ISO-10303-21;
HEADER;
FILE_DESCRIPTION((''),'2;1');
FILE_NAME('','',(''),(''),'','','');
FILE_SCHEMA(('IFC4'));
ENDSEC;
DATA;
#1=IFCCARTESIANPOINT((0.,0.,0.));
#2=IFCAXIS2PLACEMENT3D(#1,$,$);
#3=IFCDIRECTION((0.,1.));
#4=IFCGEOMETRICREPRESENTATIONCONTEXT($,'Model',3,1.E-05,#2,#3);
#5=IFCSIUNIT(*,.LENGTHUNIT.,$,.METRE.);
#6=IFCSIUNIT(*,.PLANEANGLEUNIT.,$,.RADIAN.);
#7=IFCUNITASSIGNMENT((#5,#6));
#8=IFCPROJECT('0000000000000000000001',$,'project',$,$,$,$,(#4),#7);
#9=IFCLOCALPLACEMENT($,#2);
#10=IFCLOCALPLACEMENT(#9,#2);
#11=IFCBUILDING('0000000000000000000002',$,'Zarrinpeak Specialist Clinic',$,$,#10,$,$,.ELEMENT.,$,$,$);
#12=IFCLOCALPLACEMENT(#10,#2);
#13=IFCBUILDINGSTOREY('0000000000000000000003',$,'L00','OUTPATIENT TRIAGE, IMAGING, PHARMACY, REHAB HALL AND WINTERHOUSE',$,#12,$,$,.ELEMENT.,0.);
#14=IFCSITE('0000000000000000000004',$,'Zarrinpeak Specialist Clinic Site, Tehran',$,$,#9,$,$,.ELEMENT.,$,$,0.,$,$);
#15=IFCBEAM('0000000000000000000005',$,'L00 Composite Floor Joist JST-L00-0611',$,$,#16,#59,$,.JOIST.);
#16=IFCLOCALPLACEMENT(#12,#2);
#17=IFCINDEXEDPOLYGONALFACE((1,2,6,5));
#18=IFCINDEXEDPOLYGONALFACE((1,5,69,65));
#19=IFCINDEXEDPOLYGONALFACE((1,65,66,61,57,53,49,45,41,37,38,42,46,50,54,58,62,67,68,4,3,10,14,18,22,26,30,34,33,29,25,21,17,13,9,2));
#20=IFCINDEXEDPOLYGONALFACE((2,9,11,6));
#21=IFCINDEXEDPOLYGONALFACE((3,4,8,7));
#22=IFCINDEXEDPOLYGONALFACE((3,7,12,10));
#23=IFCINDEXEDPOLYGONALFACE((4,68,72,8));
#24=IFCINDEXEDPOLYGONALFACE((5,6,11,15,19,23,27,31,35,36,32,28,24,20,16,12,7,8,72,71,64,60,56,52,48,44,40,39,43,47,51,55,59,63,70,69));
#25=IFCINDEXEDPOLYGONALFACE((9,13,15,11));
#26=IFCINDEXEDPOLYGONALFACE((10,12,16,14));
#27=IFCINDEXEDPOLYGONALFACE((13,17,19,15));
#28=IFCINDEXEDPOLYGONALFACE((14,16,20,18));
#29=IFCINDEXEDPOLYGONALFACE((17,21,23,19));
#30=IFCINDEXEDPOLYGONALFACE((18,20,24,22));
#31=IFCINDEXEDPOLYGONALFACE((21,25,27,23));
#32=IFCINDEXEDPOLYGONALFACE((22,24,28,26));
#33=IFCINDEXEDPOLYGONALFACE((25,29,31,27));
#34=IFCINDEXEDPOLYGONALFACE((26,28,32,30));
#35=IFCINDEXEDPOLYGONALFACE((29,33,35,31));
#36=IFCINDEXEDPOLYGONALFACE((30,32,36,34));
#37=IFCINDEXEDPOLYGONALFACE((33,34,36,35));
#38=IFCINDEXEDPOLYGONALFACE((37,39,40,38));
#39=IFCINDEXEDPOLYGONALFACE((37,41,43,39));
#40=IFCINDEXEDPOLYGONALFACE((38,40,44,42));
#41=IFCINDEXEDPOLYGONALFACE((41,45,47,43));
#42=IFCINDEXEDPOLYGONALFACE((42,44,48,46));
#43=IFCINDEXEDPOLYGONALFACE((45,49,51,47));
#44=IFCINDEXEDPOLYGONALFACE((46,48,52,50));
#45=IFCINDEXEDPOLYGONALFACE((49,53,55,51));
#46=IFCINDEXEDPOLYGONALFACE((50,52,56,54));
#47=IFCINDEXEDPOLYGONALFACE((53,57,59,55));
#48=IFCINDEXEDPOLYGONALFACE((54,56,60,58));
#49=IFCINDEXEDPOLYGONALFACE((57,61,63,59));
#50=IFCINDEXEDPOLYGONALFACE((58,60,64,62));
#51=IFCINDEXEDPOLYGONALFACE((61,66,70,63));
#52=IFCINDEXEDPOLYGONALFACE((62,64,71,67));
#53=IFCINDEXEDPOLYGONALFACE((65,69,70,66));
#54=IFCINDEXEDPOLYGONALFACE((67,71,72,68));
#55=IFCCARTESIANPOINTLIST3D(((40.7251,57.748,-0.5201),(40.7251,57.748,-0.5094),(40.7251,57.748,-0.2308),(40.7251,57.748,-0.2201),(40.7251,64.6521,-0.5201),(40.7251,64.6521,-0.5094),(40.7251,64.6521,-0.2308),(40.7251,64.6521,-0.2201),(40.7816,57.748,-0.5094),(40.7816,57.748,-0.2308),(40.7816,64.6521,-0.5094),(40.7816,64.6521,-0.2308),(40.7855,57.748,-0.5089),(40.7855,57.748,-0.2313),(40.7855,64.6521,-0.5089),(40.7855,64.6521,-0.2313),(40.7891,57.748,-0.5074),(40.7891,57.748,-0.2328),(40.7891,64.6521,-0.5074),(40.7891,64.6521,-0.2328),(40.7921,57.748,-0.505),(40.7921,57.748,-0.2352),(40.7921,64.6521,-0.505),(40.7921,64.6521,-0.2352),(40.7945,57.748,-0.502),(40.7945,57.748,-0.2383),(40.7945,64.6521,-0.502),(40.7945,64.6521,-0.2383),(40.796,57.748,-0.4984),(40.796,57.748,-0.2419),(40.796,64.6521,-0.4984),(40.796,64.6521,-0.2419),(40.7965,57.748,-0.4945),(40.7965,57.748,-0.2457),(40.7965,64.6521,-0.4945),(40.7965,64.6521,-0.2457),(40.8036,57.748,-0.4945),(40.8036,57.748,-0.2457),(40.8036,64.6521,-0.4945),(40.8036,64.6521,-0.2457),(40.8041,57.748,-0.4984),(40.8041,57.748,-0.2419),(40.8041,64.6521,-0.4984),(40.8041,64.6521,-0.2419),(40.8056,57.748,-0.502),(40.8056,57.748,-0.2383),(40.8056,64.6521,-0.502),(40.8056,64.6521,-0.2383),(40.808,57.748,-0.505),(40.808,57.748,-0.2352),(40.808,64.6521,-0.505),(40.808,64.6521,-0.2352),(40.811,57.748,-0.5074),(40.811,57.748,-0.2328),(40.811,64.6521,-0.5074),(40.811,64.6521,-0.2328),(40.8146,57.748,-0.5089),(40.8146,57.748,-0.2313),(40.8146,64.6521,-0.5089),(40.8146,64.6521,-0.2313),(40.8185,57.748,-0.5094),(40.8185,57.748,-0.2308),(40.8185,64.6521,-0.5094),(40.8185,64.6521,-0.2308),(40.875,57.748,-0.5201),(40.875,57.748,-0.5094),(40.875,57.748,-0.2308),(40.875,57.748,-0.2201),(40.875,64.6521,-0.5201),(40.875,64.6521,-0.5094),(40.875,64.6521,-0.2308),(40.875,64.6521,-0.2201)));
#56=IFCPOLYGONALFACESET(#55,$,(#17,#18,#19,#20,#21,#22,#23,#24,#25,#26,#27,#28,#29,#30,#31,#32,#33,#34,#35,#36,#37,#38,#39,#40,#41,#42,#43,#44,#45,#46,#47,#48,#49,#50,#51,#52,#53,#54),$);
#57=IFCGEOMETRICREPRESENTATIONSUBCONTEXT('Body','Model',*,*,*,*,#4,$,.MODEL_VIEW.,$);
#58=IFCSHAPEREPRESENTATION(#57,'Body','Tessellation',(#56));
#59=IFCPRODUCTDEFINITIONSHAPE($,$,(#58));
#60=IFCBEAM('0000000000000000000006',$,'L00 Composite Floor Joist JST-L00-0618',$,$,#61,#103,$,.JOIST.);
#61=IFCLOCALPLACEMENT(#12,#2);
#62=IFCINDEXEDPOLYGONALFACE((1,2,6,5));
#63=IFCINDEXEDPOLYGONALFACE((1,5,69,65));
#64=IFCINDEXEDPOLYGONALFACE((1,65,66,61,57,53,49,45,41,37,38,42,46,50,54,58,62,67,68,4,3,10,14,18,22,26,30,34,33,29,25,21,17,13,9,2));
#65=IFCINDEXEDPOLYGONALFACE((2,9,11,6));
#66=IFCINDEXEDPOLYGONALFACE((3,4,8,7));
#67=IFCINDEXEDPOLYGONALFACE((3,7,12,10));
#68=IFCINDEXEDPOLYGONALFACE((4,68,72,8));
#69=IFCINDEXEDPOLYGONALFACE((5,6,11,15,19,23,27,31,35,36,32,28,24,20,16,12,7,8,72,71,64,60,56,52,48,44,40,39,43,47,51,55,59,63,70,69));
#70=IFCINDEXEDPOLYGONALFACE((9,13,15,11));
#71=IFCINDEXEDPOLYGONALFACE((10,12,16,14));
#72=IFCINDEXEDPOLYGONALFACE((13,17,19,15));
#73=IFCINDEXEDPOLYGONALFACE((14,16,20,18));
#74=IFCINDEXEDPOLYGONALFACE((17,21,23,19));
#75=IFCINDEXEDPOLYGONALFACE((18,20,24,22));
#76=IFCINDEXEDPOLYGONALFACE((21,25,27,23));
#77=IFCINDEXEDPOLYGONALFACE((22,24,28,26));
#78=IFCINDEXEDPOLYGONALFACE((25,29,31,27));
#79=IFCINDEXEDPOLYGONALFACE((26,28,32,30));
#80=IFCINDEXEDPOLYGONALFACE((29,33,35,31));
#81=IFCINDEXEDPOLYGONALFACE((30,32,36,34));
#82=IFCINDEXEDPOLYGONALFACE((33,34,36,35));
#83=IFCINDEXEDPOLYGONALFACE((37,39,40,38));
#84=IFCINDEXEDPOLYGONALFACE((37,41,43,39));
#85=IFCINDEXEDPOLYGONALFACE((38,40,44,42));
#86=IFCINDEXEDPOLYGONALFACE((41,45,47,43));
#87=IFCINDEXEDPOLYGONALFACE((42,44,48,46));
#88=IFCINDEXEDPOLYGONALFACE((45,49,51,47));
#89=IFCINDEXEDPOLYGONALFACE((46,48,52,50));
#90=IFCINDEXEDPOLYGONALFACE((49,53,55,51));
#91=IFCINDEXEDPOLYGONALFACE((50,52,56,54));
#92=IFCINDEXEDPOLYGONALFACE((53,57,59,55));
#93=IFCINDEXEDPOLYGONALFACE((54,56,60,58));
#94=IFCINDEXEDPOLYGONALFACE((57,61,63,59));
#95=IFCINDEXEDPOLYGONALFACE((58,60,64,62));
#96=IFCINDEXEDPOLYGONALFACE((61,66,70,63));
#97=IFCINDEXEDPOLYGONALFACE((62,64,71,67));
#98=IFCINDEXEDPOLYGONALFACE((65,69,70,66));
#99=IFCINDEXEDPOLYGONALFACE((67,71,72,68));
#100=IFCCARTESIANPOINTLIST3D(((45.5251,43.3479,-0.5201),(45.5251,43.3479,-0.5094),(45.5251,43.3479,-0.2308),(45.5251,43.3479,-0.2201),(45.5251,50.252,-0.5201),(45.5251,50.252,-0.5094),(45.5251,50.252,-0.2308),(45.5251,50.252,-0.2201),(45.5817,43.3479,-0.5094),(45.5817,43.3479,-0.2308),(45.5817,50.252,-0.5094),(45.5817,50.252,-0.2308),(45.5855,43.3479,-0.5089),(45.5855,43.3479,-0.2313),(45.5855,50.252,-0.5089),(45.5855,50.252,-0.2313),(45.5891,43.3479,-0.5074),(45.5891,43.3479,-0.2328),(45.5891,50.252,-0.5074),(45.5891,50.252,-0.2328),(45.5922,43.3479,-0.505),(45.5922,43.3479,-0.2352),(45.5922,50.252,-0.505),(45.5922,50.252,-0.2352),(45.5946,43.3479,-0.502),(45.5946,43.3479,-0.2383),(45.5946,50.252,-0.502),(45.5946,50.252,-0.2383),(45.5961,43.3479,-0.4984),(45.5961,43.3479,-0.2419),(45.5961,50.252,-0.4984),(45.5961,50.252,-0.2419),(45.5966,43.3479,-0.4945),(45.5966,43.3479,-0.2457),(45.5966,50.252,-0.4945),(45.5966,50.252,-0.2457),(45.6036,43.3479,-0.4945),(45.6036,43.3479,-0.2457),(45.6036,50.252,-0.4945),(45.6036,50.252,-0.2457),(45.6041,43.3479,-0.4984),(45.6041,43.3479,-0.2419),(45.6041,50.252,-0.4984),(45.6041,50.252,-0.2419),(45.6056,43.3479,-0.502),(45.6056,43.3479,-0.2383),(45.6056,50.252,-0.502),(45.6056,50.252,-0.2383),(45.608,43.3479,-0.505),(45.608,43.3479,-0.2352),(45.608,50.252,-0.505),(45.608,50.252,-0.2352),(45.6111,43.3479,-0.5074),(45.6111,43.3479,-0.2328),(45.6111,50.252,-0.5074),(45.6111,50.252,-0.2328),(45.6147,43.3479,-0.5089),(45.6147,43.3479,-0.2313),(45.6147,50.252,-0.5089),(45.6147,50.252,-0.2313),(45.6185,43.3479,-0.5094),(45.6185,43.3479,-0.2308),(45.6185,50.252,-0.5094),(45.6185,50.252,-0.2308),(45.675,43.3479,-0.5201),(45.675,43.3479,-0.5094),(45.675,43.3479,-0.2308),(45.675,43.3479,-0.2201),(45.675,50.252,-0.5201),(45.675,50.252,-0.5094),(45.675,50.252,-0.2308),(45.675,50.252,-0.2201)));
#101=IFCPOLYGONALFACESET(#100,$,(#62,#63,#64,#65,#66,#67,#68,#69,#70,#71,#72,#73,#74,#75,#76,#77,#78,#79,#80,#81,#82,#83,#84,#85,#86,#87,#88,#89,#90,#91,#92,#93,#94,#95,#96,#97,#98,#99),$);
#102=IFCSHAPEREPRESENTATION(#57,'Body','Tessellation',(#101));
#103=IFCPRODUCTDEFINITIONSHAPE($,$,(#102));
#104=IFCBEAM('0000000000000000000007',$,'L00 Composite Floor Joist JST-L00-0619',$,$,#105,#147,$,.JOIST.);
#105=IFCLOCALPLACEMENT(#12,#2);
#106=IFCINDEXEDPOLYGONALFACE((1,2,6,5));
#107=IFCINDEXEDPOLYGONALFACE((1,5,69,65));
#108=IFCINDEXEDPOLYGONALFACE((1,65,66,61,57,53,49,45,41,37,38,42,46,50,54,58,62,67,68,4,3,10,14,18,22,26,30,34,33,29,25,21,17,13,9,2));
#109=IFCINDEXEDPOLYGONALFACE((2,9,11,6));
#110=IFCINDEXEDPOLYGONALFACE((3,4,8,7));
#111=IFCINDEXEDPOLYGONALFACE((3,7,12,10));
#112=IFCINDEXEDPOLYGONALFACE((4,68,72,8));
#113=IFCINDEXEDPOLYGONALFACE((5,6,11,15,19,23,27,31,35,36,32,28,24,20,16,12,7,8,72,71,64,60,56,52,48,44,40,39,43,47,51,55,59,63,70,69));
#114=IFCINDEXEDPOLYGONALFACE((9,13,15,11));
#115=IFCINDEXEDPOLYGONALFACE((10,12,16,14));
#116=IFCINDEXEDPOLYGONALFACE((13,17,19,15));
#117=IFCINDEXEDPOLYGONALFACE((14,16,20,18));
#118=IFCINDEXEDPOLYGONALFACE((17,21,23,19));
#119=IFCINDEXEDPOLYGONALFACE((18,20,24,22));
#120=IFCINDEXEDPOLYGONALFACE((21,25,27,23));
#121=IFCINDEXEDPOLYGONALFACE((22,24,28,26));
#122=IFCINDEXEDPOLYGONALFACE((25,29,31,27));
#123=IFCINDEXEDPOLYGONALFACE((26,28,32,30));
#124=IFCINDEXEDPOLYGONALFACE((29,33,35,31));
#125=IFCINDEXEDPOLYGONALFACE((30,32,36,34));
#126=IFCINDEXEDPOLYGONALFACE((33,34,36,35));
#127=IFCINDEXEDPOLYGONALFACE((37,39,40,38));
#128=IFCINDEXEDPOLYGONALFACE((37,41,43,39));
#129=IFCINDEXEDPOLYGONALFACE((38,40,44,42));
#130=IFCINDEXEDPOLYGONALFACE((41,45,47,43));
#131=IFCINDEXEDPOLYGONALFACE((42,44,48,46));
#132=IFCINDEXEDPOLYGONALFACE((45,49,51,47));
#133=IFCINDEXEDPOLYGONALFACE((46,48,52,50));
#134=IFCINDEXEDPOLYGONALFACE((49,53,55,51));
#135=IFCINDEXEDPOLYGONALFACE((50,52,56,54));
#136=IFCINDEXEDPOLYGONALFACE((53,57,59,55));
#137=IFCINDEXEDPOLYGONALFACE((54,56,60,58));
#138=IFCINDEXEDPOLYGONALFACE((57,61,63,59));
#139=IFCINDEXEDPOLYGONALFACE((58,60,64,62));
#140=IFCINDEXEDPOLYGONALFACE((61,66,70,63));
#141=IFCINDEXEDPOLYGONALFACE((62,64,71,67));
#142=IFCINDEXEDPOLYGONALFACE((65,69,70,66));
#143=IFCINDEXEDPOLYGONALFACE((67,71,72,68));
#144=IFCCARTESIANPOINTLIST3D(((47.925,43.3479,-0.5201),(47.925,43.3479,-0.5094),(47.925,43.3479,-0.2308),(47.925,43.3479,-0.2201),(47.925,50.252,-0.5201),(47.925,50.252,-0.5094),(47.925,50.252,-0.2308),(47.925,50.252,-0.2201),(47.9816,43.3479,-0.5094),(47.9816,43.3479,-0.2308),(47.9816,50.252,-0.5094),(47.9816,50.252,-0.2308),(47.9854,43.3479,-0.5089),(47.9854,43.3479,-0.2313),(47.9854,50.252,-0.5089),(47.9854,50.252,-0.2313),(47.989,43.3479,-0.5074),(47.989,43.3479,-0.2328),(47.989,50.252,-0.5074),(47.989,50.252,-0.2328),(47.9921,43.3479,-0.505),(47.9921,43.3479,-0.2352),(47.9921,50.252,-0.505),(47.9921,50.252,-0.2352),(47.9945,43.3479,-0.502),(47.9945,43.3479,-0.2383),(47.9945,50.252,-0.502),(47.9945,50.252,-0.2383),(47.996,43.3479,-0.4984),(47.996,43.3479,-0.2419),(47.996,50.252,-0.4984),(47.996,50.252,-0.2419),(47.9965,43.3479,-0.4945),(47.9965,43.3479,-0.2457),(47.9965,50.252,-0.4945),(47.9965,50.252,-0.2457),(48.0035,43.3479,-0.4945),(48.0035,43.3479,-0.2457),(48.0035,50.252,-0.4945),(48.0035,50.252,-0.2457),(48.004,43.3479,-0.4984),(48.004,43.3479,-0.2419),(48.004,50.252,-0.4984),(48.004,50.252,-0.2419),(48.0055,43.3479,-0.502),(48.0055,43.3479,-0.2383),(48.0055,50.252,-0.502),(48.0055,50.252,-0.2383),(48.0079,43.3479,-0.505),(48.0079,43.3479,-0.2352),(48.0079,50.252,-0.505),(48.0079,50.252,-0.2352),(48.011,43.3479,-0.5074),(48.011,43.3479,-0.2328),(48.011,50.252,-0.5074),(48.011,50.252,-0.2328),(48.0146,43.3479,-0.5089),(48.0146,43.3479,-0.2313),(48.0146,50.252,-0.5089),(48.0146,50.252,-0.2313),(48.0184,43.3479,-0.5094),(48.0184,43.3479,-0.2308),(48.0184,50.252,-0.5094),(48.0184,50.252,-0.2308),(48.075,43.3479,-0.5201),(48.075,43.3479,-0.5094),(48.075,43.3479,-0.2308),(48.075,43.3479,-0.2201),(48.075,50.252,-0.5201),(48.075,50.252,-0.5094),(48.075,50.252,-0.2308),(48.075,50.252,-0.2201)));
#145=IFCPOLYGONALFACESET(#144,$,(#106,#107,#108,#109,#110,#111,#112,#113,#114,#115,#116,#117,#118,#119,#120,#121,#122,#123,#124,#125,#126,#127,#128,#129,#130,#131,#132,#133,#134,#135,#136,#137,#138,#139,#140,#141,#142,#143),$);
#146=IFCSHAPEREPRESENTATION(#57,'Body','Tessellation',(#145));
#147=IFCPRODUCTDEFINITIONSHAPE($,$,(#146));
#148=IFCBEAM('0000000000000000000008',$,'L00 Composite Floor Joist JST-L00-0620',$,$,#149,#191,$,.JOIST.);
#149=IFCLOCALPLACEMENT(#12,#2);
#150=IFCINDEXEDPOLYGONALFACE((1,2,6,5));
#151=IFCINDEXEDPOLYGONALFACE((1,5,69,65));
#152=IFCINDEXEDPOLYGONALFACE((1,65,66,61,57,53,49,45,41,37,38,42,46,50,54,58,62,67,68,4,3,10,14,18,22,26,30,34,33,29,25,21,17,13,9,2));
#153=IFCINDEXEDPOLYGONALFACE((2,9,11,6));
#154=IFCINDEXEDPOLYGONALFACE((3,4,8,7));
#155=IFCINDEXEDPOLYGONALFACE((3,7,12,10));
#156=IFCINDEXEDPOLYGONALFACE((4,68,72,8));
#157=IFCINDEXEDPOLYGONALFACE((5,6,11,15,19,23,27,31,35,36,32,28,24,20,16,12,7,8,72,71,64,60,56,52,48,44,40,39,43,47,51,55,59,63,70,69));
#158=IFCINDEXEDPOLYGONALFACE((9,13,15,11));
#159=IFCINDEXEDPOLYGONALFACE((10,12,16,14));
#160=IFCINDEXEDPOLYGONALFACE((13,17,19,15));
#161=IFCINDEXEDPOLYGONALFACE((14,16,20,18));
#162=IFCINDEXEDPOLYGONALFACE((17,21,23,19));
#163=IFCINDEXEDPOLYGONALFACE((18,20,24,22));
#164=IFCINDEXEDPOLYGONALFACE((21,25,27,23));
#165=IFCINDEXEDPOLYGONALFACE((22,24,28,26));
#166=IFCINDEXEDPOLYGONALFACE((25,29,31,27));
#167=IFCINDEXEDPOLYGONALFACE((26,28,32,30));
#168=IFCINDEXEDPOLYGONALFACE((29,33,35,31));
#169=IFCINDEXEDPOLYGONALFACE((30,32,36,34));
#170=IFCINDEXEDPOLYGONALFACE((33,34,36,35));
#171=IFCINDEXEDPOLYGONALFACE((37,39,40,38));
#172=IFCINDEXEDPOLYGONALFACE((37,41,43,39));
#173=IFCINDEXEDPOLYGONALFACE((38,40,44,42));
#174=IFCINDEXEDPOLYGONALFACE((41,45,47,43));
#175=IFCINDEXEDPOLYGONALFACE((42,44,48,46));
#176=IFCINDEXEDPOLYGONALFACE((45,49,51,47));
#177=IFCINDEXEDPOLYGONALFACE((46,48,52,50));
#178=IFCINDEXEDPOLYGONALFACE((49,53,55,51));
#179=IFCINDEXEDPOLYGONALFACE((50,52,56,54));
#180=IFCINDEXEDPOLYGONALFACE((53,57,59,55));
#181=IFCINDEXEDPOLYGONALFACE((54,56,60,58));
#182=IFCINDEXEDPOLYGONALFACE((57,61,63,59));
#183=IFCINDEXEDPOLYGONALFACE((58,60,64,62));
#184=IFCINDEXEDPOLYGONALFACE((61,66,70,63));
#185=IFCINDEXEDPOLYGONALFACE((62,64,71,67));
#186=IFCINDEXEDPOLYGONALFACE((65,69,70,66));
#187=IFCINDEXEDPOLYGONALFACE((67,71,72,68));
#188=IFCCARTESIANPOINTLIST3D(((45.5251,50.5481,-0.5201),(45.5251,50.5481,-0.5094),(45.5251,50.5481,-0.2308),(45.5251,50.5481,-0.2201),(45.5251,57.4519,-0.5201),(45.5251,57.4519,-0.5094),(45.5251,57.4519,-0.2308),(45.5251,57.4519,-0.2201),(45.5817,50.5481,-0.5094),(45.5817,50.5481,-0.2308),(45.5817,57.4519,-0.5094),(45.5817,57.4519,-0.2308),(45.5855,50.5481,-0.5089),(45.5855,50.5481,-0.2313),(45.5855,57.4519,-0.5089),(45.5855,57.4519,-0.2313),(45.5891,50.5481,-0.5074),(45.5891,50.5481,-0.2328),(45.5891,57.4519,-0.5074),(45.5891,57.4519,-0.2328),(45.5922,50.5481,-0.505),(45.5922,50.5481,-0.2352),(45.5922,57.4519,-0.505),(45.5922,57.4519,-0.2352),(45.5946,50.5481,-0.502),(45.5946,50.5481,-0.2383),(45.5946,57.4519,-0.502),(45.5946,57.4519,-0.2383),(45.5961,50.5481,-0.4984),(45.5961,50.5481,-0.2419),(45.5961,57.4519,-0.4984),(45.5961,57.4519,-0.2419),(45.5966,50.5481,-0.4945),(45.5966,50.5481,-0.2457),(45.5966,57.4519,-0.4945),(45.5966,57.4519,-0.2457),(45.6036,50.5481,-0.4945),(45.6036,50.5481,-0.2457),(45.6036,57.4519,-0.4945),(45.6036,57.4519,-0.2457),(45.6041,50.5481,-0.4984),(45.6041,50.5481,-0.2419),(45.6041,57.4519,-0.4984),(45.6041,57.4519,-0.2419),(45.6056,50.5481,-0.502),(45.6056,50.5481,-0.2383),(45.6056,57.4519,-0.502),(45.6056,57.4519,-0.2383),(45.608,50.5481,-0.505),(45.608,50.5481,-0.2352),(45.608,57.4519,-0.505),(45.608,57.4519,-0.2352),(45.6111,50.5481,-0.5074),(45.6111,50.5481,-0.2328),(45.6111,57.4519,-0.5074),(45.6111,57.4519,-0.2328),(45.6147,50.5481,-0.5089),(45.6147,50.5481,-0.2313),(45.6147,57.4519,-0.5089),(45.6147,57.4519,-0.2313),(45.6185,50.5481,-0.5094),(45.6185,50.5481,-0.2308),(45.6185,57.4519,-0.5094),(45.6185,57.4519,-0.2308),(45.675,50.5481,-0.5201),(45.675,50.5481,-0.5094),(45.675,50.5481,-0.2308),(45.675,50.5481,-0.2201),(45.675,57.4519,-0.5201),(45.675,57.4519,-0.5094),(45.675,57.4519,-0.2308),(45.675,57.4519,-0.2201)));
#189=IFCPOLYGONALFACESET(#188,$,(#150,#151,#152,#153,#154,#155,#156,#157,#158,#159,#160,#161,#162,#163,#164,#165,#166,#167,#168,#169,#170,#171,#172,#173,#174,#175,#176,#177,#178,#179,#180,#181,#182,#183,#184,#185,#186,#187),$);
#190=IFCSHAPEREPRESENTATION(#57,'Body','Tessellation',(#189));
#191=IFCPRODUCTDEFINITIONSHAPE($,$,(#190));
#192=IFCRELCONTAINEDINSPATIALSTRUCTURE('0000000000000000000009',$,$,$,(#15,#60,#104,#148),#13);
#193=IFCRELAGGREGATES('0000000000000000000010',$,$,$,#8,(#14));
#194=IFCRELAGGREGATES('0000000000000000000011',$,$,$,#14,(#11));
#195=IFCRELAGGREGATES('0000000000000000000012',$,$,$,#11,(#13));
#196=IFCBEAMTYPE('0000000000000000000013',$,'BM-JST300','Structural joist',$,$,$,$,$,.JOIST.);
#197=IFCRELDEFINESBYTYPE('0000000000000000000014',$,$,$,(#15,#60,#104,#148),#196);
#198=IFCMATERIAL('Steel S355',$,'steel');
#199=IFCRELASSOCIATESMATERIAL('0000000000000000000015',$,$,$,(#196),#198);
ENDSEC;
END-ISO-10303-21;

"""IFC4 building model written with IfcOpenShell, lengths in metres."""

from ifc_helpers import new_model, si_unit, direction, frame, origin, origin_2d, place, context, subcontext, project, spatial, i_section, extrude, material, material_profile, profile_set, type_object, element, save


model = new_model("IFC4")

# Units and contexts
model_context = context("Model", 3, precision=1e-05, world=origin(), true_north=direction((0.0, 1.0)))
body_context = subcontext(model_context, "Body", "Model", "MODEL_VIEW")
ifc_project = project(units=[si_unit("LENGTHUNIT", "METRE"), si_unit("PLANEANGLEUNIT", "RADIAN")], contexts=[model_context])

# Site, building, storey
site_placement = place(None, origin())
site = spatial("IfcSite", under=ifc_project, at=site_placement, Name="Zarrinpeak Specialist Clinic Site, Tehran", CompositionType="ELEMENT", RefElevation=0.0)
building_placement = place(site_placement, origin())
building = spatial("IfcBuilding", under=site, at=building_placement, Name="Zarrinpeak Specialist Clinic", CompositionType="ELEMENT")
storey_placement = place(building_placement, origin())
storey = spatial("IfcBuildingStorey", under=building, at=storey_placement, Name="L00", Description="OUTPATIENT TRIAGE, IMAGING, PHARMACY, REHAB HALL AND WINTERHOUSE", CompositionType="ELEMENT", Elevation=0.0)

# Beams
ifc_material = material(Name="Steel S355", Category="steel")
ifc_material_profile_1 = material_profile(ifc_material, i_section(OverallWidth=0.1499, OverallDepth=0.3, WebThickness=0.0071, FlangeThickness=0.0107, FilletRadius=0.0149, at=origin_2d()), Name="IPE 300")
ifc_profile_set_1 = profile_set([ifc_material_profile_1], Name="Steel S355")
beam_type_1 = type_object("IfcBeamType", Name="BM-JST300", Description="Structural joist", PredefinedType="JOIST", material=ifc_profile_set_1)
for number, where, z_axis, x_axis, name in (
    (1, (40.8, 57.748, -0.3701), (0.0, 1.0, 0.0), (-1.0, 0.0, 0.0), "L00 Composite Floor Joist JST-L00-0611"),
    (2, (45.6001, 43.3479, -0.3701), (0.0, 1.0, 0.0), (-1.0, 0.0, 0.0), "L00 Composite Floor Joist JST-L00-0618"),
    (3, (48.0, 43.3479, -0.3701), (0.0, 1.0, 0.0), (-1.0, 0.0, 0.0), "L00 Composite Floor Joist JST-L00-0619"),
):
    element("IfcBeam", number, at=place(storey_placement, frame(where, z_axis=z_axis, x_axis=x_axis)), inside=storey, type_object=beam_type_1, Name=name, PredefinedType="JOIST", context=body_context, shape_type="SweptSolid", body=[
        extrude(i_section(OverallWidth=0.1499, OverallDepth=0.3, WebThickness=0.0071, FlangeThickness=0.0107, FilletRadius=0.0149, at=origin_2d()), origin(), (0.0, 0.0, 1.0), 6.9041),
    ])
for number, where, z_axis, x_axis, name in (
    (4, (45.6001, 50.5481, -0.3701), (0.0, 1.0, 0.0), (-1.0, 0.0, 0.0), "L00 Composite Floor Joist JST-L00-0620"),
):
    element("IfcBeam", number, at=place(storey_placement, frame(where, z_axis=z_axis, x_axis=x_axis)), inside=storey, type_object=beam_type_1, Name=name, PredefinedType="JOIST", context=body_context, shape_type="SweptSolid", body=[
        extrude(i_section(OverallWidth=0.1499, OverallDepth=0.3, WebThickness=0.0071, FlangeThickness=0.0107, FilletRadius=0.0149, at=origin_2d()), origin(), (0.0, 0.0, 1.0), 6.9038),
    ])

save(model, "model.ifc")
